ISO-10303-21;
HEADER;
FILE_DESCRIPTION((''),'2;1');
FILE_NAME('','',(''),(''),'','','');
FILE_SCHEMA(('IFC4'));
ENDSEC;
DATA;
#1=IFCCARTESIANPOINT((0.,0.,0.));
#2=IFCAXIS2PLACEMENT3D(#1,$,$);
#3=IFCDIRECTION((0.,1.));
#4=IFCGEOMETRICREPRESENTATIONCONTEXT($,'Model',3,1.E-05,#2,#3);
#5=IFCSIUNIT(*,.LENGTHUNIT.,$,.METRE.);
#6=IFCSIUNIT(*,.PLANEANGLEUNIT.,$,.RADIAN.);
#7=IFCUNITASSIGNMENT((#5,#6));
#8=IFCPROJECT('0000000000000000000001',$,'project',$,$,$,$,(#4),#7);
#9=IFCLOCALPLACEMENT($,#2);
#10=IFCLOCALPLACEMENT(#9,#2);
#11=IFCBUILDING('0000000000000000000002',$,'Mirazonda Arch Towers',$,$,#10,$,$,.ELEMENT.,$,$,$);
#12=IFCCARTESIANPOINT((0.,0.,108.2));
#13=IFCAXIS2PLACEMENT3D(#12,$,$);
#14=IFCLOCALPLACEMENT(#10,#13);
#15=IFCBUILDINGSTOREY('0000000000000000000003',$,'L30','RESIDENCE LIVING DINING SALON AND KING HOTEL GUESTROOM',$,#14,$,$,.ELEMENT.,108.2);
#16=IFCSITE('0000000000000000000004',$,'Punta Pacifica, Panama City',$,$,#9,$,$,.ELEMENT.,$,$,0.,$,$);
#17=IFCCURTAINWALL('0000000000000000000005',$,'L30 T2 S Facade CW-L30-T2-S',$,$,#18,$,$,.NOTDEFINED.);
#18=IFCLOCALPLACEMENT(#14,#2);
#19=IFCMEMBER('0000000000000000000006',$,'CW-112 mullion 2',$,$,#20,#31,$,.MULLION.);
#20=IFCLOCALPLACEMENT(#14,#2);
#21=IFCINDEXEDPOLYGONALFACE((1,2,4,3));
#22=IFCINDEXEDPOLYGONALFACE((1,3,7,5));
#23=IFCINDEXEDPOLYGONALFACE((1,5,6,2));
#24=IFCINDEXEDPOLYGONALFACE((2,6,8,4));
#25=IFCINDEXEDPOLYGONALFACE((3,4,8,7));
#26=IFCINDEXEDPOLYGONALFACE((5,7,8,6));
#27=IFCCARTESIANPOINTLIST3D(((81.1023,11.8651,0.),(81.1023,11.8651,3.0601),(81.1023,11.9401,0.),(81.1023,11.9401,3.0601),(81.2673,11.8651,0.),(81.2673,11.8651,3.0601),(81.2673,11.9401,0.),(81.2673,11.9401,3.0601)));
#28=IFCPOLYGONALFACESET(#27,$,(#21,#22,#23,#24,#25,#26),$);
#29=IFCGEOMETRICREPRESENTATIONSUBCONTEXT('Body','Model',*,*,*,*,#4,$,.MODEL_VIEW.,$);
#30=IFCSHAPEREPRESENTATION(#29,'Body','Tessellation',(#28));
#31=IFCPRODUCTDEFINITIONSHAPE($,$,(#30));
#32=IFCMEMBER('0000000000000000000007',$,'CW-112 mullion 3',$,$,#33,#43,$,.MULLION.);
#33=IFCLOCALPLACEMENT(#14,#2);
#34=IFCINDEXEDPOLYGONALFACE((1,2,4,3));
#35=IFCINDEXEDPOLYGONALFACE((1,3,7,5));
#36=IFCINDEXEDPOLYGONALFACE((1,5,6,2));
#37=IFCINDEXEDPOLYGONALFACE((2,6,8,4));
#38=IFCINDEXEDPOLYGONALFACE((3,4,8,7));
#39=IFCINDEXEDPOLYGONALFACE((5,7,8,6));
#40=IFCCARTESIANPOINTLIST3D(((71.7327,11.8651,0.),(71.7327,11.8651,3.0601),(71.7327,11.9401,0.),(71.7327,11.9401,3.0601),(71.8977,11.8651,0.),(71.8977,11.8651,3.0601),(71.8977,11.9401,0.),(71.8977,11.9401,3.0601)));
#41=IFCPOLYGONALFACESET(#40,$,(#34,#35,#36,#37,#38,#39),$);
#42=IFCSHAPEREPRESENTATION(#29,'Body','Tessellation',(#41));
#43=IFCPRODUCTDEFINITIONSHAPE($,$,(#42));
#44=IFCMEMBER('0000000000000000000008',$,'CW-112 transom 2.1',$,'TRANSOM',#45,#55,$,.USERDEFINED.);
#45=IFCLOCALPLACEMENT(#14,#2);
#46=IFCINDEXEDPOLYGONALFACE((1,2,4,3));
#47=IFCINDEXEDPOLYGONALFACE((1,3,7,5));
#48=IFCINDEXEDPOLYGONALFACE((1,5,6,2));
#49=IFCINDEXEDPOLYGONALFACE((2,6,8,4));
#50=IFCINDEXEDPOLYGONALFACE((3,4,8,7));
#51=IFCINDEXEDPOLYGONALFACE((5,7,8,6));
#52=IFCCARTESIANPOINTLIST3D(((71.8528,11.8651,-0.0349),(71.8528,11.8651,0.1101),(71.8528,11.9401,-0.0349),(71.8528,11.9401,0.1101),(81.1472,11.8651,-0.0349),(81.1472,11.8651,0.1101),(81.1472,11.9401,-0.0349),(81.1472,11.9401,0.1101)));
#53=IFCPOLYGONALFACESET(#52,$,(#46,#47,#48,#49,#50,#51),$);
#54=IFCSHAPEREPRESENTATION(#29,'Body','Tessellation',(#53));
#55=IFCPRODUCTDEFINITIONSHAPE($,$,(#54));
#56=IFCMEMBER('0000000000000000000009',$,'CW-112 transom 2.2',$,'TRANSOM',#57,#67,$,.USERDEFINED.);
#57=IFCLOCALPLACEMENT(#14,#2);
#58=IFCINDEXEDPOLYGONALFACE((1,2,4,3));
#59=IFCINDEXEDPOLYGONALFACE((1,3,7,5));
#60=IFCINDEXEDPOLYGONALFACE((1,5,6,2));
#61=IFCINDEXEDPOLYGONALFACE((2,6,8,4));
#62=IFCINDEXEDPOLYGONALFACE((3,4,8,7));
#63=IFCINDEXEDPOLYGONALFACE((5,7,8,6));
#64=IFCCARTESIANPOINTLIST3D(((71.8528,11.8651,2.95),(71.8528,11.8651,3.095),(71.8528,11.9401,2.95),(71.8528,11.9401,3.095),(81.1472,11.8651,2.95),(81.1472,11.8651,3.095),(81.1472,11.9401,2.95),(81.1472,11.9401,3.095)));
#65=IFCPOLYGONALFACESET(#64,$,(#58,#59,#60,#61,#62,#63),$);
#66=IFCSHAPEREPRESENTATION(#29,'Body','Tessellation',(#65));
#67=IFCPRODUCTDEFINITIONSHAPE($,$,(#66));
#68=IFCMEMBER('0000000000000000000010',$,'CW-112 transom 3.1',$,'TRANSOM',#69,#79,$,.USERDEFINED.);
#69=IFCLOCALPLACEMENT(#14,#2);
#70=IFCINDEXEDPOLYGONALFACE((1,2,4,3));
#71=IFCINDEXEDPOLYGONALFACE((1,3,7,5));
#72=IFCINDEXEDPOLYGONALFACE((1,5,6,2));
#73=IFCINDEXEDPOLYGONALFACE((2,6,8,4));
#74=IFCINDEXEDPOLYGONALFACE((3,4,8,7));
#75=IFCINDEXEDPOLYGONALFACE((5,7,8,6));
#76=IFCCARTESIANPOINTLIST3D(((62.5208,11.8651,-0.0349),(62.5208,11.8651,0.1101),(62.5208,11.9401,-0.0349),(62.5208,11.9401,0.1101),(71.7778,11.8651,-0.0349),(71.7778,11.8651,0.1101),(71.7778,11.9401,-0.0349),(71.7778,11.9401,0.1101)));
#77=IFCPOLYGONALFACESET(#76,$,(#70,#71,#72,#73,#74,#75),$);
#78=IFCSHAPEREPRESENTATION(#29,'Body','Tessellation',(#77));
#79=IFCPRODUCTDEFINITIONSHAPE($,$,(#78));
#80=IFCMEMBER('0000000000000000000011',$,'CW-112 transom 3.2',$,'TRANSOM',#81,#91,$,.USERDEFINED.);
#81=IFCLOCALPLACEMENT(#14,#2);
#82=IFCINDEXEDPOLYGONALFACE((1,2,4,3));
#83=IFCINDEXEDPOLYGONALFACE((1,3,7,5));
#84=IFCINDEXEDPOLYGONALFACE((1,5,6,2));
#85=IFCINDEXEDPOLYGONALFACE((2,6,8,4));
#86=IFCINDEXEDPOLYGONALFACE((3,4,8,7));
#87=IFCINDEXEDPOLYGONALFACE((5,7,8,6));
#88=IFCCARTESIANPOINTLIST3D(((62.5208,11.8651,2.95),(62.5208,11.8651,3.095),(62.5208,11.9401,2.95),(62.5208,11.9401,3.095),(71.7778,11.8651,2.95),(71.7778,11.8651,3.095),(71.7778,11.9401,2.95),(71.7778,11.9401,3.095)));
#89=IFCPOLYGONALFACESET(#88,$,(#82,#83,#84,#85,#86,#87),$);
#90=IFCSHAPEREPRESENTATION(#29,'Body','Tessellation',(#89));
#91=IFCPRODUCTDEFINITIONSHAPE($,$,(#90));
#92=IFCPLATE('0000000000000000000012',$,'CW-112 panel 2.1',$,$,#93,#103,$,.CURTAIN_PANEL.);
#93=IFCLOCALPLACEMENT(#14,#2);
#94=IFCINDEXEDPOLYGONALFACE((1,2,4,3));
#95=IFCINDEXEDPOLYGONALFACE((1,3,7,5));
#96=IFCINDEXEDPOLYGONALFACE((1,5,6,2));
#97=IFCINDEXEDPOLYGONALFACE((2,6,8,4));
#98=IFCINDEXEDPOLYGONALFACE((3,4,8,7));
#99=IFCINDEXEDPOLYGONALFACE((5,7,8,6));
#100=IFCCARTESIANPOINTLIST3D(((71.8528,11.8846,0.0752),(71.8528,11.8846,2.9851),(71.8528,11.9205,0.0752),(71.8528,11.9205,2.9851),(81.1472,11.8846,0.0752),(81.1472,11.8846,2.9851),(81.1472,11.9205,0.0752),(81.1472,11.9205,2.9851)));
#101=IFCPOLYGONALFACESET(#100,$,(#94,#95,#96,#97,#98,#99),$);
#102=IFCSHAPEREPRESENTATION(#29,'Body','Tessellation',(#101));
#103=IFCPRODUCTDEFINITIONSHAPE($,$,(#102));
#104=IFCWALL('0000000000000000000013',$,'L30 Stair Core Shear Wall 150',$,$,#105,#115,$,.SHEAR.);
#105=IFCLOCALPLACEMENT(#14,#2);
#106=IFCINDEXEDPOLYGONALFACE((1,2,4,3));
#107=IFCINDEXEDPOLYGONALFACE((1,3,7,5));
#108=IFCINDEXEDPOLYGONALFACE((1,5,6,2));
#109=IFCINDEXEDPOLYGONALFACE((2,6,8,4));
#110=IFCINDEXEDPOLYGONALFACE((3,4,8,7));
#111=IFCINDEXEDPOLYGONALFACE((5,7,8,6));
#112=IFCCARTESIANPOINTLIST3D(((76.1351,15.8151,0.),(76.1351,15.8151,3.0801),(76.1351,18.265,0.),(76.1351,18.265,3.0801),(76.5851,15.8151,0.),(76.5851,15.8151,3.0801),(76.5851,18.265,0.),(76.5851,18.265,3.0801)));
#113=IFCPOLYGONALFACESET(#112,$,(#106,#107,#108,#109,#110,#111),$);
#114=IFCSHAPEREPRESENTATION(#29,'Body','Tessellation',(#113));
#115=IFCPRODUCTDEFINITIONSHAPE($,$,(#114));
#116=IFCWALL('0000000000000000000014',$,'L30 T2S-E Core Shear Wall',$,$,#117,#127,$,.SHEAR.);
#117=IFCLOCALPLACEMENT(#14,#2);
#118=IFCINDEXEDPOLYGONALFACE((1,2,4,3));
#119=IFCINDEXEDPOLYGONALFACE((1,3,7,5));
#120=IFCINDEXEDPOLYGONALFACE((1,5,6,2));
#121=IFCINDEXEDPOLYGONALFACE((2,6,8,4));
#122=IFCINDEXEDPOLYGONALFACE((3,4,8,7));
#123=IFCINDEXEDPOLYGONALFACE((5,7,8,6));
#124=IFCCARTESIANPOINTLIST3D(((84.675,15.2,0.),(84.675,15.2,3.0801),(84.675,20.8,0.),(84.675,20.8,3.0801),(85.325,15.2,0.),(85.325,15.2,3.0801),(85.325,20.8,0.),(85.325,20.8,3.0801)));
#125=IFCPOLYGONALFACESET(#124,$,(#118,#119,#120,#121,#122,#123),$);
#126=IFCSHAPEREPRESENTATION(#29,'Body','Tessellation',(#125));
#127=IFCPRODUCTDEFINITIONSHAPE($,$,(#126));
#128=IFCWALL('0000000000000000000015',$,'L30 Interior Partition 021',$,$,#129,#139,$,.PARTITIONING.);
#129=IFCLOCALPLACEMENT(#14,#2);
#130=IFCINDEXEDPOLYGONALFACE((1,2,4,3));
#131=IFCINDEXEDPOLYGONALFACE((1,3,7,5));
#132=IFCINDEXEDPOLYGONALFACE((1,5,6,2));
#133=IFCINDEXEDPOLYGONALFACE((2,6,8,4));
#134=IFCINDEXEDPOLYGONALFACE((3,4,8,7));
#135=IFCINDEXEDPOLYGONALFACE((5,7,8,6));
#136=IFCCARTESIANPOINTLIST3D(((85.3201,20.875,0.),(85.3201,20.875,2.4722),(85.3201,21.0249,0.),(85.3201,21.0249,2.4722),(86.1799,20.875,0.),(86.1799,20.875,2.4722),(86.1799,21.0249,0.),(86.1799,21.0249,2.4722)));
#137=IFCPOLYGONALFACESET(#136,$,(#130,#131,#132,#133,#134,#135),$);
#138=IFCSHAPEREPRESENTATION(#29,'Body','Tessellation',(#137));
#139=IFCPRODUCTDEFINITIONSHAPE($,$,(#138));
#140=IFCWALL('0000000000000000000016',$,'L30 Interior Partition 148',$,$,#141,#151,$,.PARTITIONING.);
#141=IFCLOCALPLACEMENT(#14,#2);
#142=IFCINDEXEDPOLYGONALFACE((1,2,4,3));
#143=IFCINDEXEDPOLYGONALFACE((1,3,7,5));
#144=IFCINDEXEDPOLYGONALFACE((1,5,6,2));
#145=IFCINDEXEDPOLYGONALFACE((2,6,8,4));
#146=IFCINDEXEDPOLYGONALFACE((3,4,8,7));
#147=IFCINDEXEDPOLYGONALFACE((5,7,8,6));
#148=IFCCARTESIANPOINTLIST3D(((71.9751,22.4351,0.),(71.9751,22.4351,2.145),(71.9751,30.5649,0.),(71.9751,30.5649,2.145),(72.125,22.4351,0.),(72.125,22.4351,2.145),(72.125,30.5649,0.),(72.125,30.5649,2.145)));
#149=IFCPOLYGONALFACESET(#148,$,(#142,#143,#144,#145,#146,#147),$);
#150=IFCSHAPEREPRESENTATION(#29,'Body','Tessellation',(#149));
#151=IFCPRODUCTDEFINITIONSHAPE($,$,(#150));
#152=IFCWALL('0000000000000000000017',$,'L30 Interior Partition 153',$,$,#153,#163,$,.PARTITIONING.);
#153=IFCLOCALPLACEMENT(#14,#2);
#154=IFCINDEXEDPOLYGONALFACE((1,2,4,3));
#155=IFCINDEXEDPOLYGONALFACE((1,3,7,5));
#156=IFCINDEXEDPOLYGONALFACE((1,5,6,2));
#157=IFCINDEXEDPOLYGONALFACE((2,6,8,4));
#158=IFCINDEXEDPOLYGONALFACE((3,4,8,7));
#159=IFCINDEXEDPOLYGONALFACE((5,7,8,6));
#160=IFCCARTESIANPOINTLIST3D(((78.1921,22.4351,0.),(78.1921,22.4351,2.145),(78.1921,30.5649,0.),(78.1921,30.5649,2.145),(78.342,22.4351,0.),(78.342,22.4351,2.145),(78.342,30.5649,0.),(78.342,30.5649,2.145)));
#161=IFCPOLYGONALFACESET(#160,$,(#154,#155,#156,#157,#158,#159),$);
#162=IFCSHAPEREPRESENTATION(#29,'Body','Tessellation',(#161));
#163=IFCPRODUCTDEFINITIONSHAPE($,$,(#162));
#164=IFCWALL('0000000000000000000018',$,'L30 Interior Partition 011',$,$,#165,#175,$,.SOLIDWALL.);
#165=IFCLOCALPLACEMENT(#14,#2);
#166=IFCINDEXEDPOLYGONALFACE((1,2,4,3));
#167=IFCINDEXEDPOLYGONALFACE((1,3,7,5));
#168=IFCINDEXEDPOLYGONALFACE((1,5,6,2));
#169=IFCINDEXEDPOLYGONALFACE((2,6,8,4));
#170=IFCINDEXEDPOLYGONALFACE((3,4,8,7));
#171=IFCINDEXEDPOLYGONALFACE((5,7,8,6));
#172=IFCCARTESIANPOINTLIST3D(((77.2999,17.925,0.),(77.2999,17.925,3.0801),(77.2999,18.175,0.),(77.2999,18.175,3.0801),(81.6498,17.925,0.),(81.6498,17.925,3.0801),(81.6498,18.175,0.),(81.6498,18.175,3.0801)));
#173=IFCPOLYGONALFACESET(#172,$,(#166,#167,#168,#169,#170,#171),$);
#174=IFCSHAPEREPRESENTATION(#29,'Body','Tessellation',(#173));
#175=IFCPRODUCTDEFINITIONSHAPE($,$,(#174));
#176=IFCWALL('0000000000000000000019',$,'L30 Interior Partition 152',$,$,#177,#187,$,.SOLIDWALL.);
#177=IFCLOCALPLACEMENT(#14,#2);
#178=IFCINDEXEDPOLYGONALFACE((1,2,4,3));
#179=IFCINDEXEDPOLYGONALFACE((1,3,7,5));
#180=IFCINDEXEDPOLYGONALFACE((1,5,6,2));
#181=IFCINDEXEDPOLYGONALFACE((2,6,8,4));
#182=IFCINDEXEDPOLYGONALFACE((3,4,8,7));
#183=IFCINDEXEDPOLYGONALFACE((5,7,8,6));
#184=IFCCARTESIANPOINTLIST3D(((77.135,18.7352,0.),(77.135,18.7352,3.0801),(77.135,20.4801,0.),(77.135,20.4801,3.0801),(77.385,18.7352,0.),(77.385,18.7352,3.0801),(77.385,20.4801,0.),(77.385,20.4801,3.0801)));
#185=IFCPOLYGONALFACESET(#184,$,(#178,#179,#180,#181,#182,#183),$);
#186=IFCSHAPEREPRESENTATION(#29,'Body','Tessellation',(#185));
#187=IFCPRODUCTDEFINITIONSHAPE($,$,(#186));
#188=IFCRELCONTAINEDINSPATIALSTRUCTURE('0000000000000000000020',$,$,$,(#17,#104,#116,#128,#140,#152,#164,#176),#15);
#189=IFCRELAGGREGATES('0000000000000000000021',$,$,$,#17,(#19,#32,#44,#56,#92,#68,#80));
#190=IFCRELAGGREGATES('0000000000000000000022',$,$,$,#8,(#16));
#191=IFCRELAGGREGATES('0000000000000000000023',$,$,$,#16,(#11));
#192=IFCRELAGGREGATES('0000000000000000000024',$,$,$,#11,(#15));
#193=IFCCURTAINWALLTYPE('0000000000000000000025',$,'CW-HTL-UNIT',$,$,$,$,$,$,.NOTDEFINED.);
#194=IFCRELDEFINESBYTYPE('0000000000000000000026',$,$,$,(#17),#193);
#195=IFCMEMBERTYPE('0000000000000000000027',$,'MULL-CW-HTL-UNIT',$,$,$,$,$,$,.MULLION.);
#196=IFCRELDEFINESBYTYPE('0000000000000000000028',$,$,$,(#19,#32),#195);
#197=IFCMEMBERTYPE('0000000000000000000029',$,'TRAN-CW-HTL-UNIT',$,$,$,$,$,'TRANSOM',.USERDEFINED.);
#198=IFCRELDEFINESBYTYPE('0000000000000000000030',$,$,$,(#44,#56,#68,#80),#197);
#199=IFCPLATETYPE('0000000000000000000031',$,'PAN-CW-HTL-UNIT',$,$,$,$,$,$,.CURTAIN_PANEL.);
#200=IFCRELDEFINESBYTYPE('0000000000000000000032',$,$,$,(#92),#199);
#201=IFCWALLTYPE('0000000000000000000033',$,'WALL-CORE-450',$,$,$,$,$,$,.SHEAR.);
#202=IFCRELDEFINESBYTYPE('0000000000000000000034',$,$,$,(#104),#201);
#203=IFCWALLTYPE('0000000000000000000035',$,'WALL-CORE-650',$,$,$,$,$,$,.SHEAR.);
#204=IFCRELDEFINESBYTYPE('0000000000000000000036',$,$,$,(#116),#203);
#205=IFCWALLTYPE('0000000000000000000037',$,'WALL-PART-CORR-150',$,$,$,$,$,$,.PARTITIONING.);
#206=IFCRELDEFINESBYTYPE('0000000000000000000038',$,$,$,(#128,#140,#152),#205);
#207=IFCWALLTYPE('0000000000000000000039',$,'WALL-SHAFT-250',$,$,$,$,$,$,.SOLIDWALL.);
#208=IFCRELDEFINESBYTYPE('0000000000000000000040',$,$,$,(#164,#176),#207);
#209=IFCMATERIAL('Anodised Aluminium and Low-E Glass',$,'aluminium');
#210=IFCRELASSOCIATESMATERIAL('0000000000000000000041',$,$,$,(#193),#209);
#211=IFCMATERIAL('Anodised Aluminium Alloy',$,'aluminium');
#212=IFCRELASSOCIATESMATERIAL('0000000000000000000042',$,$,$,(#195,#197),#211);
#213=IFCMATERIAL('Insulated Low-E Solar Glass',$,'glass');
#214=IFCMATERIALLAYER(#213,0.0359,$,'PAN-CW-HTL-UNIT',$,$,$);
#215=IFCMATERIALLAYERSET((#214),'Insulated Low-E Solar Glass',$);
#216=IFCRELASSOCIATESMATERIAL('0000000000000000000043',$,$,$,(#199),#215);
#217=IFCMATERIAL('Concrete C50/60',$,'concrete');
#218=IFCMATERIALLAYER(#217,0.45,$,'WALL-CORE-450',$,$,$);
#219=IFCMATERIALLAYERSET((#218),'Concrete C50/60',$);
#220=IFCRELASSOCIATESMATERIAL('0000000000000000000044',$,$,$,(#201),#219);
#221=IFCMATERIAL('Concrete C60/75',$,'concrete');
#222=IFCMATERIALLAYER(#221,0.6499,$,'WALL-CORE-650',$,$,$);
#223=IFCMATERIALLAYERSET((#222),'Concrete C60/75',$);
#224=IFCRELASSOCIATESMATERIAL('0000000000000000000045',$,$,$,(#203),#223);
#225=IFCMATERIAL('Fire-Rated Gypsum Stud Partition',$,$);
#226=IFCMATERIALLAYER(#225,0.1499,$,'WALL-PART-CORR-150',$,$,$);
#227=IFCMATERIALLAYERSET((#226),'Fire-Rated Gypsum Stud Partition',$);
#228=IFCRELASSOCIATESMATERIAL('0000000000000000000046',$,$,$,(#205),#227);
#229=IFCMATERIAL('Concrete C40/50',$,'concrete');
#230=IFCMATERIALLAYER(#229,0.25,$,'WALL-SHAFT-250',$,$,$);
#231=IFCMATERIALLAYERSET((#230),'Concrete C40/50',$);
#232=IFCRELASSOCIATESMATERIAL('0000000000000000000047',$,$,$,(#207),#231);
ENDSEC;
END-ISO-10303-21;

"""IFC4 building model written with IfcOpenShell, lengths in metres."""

from ifc_helpers import new_model, si_unit, direction, frame, frame_2d, origin, origin_2d, place, context, subcontext, project, spatial, rectangle, extrude, material, layer, layer_set, material_profile, profile_set, type_object, element, aggregate, save


model = new_model("IFC4")

# Units and contexts
model_context = context("Model", 3, precision=1e-05, world=origin(), true_north=direction((0.0, 1.0)))
body_context = subcontext(model_context, "Body", "Model", "MODEL_VIEW")
ifc_project = project(units=[si_unit("LENGTHUNIT", "METRE"), si_unit("PLANEANGLEUNIT", "RADIAN")], contexts=[model_context])

# Site, building, storey
site_placement = place(None, origin())
site = spatial("IfcSite", under=ifc_project, at=site_placement, Name="Punta Pacifica, Panama City", CompositionType="ELEMENT", RefElevation=0.0)
building_placement = place(site_placement, origin())
building = spatial("IfcBuilding", under=site, at=building_placement, Name="Mirazonda Arch Towers", CompositionType="ELEMENT")
storey_placement = place(building_placement, frame((0.0, 0.0, 108.2)))
storey = spatial("IfcBuildingStorey", under=building, at=storey_placement, Name="L30", Description="RESIDENCE LIVING DINING SALON AND KING HOTEL GUESTROOM", CompositionType="ELEMENT", Elevation=108.2)

# Shared definitions
ifc_material_1 = material(Name="Concrete C50/60", Category="concrete")

# Shared definitions
ifc_material_2 = material(Name="Concrete C60/75", Category="concrete")

# Curtain wall, members, plate
ifc_material_3 = material(Name="Anodised Aluminium and Low-E Glass", Category="aluminium")
curtain_wall_type = type_object("IfcCurtainWallType", Name="CW-HTL-UNIT", PredefinedType="NOTDEFINED", material=ifc_material_3)
curtain_wall_placement = place(storey_placement, origin())
curtain_wall = element("IfcCurtainWall", 1, at=curtain_wall_placement, inside=storey, type_object=curtain_wall_type, Name="L30 T2 S Facade CW-L30-T2-S", PredefinedType="NOTDEFINED")
ifc_material_4 = material(Name="Anodised Aluminium Alloy", Category="aluminium")
ifc_material_profile_1 = material_profile(ifc_material_4, rectangle(XDim=0.075, YDim=0.165, at=origin_2d()), Name="ALU-MULL-75x165")
ifc_profile_set_1 = profile_set([ifc_material_profile_1], Name="Anodised Aluminium Alloy")
member_type_1 = type_object("IfcMemberType", Name="MULL-CW-HTL-UNIT", PredefinedType="MULLION", material=ifc_profile_set_1)
member_1_placement = place(storey_placement, frame((81.1848, 11.9026, 0.0), z_axis=(0.0, 0.0, 1.0), x_axis=(0.0, -1.0, 0.0)))
member_1 = element("IfcMember", 2, at=member_1_placement, type_object=member_type_1, Name="CW-112 mullion 2", PredefinedType="MULLION", context=body_context, shape_type="SweptSolid", body=[
    extrude(rectangle(XDim=0.075, YDim=0.165, at=origin_2d()), origin(), (0.0, 0.0, 1.0), 3.0601),
])
member_2_placement = place(storey_placement, frame((71.8152, 11.9026, 0.0), z_axis=(0.0, 0.0, 1.0), x_axis=(0.0, -1.0, 0.0)))
member_2 = element("IfcMember", 3, at=member_2_placement, type_object=member_type_1, Name="CW-112 mullion 3", PredefinedType="MULLION", context=body_context, shape_type="SweptSolid", body=[
    extrude(rectangle(XDim=0.075, YDim=0.165, at=origin_2d()), origin(), (0.0, 0.0, 1.0), 3.0601),
])
ifc_material_profile_2 = material_profile(ifc_material_4, rectangle(XDim=0.075, YDim=0.145, at=origin_2d()), Name="ALU-TRAN-75x145")
ifc_profile_set_2 = profile_set([ifc_material_profile_2], Name="Anodised Aluminium Alloy")
member_type_2 = type_object("IfcMemberType", Name="TRAN-CW-HTL-UNIT", ElementType="TRANSOM", PredefinedType="USERDEFINED", material=ifc_profile_set_2)
member_3_placement = place(storey_placement, frame((81.1472, 11.9026, 0.0376), z_axis=(-1.0, 0.0, 0.0), x_axis=(0.0, -1.0, 0.0)))
member_3 = element("IfcMember", 4, at=member_3_placement, type_object=member_type_2, Name="CW-112 transom 2.1", ObjectType="TRANSOM", PredefinedType="USERDEFINED", context=body_context, shape_type="SweptSolid", body=[
    extrude(rectangle(XDim=0.075, YDim=0.145, at=origin_2d()), origin(), (0.0, 0.0, 1.0), 9.2944),
])
member_4_placement = place(storey_placement, frame((81.1472, 11.9026, 3.0225), z_axis=(-1.0, 0.0, 0.0), x_axis=(0.0, -1.0, 0.0)))
member_4 = element("IfcMember", 5, at=member_4_placement, type_object=member_type_2, Name="CW-112 transom 2.2", ObjectType="TRANSOM", PredefinedType="USERDEFINED", context=body_context, shape_type="SweptSolid", body=[
    extrude(rectangle(XDim=0.075, YDim=0.145, at=origin_2d()), origin(), (0.0, 0.0, 1.0), 9.2944),
])
member_5_placement = place(storey_placement, frame((71.7778, 11.9026, 0.0376), z_axis=(-1.0, 0.0, 0.0), x_axis=(0.0, -1.0, 0.0)))
member_5 = element("IfcMember", 6, at=member_5_placement, type_object=member_type_2, Name="CW-112 transom 3.1", ObjectType="TRANSOM", PredefinedType="USERDEFINED", context=body_context, shape_type="SweptSolid", body=[
    extrude(rectangle(XDim=0.075, YDim=0.145, at=origin_2d()), origin(), (0.0, 0.0, 1.0), 9.2571),
])
member_6_placement = place(storey_placement, frame((71.7778, 11.9026, 3.0225), z_axis=(-1.0, 0.0, 0.0), x_axis=(0.0, -1.0, 0.0)))
member_6 = element("IfcMember", 7, at=member_6_placement, type_object=member_type_2, Name="CW-112 transom 3.2", ObjectType="TRANSOM", PredefinedType="USERDEFINED", context=body_context, shape_type="SweptSolid", body=[
    extrude(rectangle(XDim=0.075, YDim=0.145, at=origin_2d()), origin(), (0.0, 0.0, 1.0), 9.2571),
])
ifc_material_5 = material(Name="Insulated Low-E Solar Glass", Category="glass")
ifc_layer_1 = layer(ifc_material_5, 0.0359, Name="PAN-CW-HTL-UNIT")
ifc_layer_set_1 = layer_set([ifc_layer_1], Name="Insulated Low-E Solar Glass")
plate_type = type_object("IfcPlateType", Name="PAN-CW-HTL-UNIT", PredefinedType="CURTAIN_PANEL", material=ifc_layer_set_1)
plate_placement = place(storey_placement, frame((76.5, 11.9026, 0.0752), z_axis=(0.0, 0.0, 1.0), x_axis=(-1.0, 0.0, 0.0)))
plate = element("IfcPlate", 8, at=plate_placement, type_object=plate_type, Name="CW-112 panel 2.1", PredefinedType="CURTAIN_PANEL", context=body_context, shape_type="SweptSolid", body=[
    extrude(rectangle(XDim=9.2944, YDim=0.0359, at=origin_2d()), origin(), (0.0, 0.0, 1.0), 2.9099),
])
aggregate(curtain_wall, [member_1, member_2, member_3, member_4, plate, member_5, member_6])

# Walls
ifc_layer_2 = layer(ifc_material_1, 0.45, Name="WALL-CORE-450")
ifc_layer_set_2 = layer_set([ifc_layer_2], Name="Concrete C50/60")
wall_type_1 = type_object("IfcWallType", Name="WALL-CORE-450", PredefinedType="SHEAR", material=ifc_layer_set_2)
wall_1_placement = place(storey_placement, frame((76.3601, 15.8149, 0.0), z_axis=(0.0, 0.0, 1.0), x_axis=(0.0, 1.0, 0.0)))
element("IfcWall", 9, at=wall_1_placement, inside=storey, type_object=wall_type_1, Name="L30 Stair Core Shear Wall 150", PredefinedType="SHEAR", context=body_context, shape_type="SweptSolid", body=[
    extrude(rectangle(XDim=2.45, YDim=0.45, at=frame_2d((1.2251, 0.0))), origin(), (0.0, 0.0, 1.0), 3.0801),
])
ifc_layer_3 = layer(ifc_material_2, 0.6499, Name="WALL-CORE-650")
ifc_layer_set_3 = layer_set([ifc_layer_3], Name="Concrete C60/75")
wall_type_2 = type_object("IfcWallType", Name="WALL-CORE-650", PredefinedType="SHEAR", material=ifc_layer_set_3)
wall_2_placement = place(storey_placement, frame((85.0, 15.2, 0.0), z_axis=(0.0, 0.0, 1.0), x_axis=(0.0, 1.0, 0.0)))
element("IfcWall", 10, at=wall_2_placement, inside=storey, type_object=wall_type_2, Name="L30 T2S-E Core Shear Wall", PredefinedType="SHEAR", context=body_context, shape_type="SweptSolid", body=[
    extrude(rectangle(XDim=5.6001, YDim=0.6499, at=frame_2d((2.8, 0.0))), origin(), (0.0, 0.0, 1.0), 3.0801),
])
ifc_material_6 = material(Name="Fire-Rated Gypsum Stud Partition")
ifc_layer_4 = layer(ifc_material_6, 0.1499, Name="WALL-PART-CORR-150")
ifc_layer_set_4 = layer_set([ifc_layer_4], Name="Fire-Rated Gypsum Stud Partition")
wall_type_3 = type_object("IfcWallType", Name="WALL-PART-CORR-150", PredefinedType="PARTITIONING", material=ifc_layer_set_4)
wall_3_placement = place(storey_placement, frame((85.3201, 20.95, 0.0), z_axis=(0.0, 0.0, 1.0), x_axis=(1.0, 0.0, 0.0)))
element("IfcWall", 11, at=wall_3_placement, inside=storey, type_object=wall_type_3, Name="L30 Interior Partition 021", PredefinedType="PARTITIONING", context=body_context, shape_type="SweptSolid", body=[
    extrude(rectangle(XDim=0.8599, YDim=0.1499, at=frame_2d((0.4299, 0.0))), origin(), (0.0, 0.0, 1.0), 2.4722),
])
for number, where, z_axis, x_axis, name in (
    (12, (72.05, 22.4351, 0.0), (0.0, 0.0, 1.0), (0.0, 1.0, 0.0), "L30 Interior Partition 148"),
    (13, (78.2671, 22.4351, 0.0), (0.0, 0.0, 1.0), (0.0, 1.0, 0.0), "L30 Interior Partition 153"),
):
    element("IfcWall", number, at=place(storey_placement, frame(where, z_axis=z_axis, x_axis=x_axis)), inside=storey, type_object=wall_type_3, Name=name, PredefinedType="PARTITIONING", context=body_context, shape_type="SweptSolid", body=[
        extrude(rectangle(XDim=8.1299, YDim=0.1499, at=frame_2d((4.0649, 0.0))), origin(), (0.0, 0.0, 1.0), 2.145),
    ])
ifc_material_7 = material(Name="Concrete C40/50", Category="concrete")
ifc_layer_5 = layer(ifc_material_7, 0.25, Name="WALL-SHAFT-250")
ifc_layer_set_5 = layer_set([ifc_layer_5], Name="Concrete C40/50")
wall_type_4 = type_object("IfcWallType", Name="WALL-SHAFT-250", PredefinedType="SOLIDWALL", material=ifc_layer_set_5)
wall_4_placement = place(storey_placement, frame((77.3, 18.05, 0.0), z_axis=(0.0, 0.0, 1.0), x_axis=(1.0, 0.0, 0.0)))
element("IfcWall", 14, at=wall_4_placement, inside=storey, type_object=wall_type_4, Name="L30 Interior Partition 011", PredefinedType="SOLIDWALL", context=body_context, shape_type="SweptSolid", body=[
    extrude(rectangle(XDim=4.3499, YDim=0.25, at=frame_2d((2.1748, 0.0))), origin(), (0.0, 0.0, 1.0), 3.0801),
])
wall_5_placement = place(storey_placement, frame((77.26, 18.7351, 0.0), z_axis=(0.0, 0.0, 1.0), x_axis=(0.0, 1.0, 0.0)))
element("IfcWall", 15, at=wall_5_placement, inside=storey, type_object=wall_type_4, Name="L30 Interior Partition 152", PredefinedType="SOLIDWALL", context=body_context, shape_type="SweptSolid", body=[
    extrude(rectangle(XDim=1.7449, YDim=0.25, at=frame_2d((0.8726, 0.0))), origin(), (0.0, 0.0, 1.0), 3.0801),
])

save(model, "model.ifc")
